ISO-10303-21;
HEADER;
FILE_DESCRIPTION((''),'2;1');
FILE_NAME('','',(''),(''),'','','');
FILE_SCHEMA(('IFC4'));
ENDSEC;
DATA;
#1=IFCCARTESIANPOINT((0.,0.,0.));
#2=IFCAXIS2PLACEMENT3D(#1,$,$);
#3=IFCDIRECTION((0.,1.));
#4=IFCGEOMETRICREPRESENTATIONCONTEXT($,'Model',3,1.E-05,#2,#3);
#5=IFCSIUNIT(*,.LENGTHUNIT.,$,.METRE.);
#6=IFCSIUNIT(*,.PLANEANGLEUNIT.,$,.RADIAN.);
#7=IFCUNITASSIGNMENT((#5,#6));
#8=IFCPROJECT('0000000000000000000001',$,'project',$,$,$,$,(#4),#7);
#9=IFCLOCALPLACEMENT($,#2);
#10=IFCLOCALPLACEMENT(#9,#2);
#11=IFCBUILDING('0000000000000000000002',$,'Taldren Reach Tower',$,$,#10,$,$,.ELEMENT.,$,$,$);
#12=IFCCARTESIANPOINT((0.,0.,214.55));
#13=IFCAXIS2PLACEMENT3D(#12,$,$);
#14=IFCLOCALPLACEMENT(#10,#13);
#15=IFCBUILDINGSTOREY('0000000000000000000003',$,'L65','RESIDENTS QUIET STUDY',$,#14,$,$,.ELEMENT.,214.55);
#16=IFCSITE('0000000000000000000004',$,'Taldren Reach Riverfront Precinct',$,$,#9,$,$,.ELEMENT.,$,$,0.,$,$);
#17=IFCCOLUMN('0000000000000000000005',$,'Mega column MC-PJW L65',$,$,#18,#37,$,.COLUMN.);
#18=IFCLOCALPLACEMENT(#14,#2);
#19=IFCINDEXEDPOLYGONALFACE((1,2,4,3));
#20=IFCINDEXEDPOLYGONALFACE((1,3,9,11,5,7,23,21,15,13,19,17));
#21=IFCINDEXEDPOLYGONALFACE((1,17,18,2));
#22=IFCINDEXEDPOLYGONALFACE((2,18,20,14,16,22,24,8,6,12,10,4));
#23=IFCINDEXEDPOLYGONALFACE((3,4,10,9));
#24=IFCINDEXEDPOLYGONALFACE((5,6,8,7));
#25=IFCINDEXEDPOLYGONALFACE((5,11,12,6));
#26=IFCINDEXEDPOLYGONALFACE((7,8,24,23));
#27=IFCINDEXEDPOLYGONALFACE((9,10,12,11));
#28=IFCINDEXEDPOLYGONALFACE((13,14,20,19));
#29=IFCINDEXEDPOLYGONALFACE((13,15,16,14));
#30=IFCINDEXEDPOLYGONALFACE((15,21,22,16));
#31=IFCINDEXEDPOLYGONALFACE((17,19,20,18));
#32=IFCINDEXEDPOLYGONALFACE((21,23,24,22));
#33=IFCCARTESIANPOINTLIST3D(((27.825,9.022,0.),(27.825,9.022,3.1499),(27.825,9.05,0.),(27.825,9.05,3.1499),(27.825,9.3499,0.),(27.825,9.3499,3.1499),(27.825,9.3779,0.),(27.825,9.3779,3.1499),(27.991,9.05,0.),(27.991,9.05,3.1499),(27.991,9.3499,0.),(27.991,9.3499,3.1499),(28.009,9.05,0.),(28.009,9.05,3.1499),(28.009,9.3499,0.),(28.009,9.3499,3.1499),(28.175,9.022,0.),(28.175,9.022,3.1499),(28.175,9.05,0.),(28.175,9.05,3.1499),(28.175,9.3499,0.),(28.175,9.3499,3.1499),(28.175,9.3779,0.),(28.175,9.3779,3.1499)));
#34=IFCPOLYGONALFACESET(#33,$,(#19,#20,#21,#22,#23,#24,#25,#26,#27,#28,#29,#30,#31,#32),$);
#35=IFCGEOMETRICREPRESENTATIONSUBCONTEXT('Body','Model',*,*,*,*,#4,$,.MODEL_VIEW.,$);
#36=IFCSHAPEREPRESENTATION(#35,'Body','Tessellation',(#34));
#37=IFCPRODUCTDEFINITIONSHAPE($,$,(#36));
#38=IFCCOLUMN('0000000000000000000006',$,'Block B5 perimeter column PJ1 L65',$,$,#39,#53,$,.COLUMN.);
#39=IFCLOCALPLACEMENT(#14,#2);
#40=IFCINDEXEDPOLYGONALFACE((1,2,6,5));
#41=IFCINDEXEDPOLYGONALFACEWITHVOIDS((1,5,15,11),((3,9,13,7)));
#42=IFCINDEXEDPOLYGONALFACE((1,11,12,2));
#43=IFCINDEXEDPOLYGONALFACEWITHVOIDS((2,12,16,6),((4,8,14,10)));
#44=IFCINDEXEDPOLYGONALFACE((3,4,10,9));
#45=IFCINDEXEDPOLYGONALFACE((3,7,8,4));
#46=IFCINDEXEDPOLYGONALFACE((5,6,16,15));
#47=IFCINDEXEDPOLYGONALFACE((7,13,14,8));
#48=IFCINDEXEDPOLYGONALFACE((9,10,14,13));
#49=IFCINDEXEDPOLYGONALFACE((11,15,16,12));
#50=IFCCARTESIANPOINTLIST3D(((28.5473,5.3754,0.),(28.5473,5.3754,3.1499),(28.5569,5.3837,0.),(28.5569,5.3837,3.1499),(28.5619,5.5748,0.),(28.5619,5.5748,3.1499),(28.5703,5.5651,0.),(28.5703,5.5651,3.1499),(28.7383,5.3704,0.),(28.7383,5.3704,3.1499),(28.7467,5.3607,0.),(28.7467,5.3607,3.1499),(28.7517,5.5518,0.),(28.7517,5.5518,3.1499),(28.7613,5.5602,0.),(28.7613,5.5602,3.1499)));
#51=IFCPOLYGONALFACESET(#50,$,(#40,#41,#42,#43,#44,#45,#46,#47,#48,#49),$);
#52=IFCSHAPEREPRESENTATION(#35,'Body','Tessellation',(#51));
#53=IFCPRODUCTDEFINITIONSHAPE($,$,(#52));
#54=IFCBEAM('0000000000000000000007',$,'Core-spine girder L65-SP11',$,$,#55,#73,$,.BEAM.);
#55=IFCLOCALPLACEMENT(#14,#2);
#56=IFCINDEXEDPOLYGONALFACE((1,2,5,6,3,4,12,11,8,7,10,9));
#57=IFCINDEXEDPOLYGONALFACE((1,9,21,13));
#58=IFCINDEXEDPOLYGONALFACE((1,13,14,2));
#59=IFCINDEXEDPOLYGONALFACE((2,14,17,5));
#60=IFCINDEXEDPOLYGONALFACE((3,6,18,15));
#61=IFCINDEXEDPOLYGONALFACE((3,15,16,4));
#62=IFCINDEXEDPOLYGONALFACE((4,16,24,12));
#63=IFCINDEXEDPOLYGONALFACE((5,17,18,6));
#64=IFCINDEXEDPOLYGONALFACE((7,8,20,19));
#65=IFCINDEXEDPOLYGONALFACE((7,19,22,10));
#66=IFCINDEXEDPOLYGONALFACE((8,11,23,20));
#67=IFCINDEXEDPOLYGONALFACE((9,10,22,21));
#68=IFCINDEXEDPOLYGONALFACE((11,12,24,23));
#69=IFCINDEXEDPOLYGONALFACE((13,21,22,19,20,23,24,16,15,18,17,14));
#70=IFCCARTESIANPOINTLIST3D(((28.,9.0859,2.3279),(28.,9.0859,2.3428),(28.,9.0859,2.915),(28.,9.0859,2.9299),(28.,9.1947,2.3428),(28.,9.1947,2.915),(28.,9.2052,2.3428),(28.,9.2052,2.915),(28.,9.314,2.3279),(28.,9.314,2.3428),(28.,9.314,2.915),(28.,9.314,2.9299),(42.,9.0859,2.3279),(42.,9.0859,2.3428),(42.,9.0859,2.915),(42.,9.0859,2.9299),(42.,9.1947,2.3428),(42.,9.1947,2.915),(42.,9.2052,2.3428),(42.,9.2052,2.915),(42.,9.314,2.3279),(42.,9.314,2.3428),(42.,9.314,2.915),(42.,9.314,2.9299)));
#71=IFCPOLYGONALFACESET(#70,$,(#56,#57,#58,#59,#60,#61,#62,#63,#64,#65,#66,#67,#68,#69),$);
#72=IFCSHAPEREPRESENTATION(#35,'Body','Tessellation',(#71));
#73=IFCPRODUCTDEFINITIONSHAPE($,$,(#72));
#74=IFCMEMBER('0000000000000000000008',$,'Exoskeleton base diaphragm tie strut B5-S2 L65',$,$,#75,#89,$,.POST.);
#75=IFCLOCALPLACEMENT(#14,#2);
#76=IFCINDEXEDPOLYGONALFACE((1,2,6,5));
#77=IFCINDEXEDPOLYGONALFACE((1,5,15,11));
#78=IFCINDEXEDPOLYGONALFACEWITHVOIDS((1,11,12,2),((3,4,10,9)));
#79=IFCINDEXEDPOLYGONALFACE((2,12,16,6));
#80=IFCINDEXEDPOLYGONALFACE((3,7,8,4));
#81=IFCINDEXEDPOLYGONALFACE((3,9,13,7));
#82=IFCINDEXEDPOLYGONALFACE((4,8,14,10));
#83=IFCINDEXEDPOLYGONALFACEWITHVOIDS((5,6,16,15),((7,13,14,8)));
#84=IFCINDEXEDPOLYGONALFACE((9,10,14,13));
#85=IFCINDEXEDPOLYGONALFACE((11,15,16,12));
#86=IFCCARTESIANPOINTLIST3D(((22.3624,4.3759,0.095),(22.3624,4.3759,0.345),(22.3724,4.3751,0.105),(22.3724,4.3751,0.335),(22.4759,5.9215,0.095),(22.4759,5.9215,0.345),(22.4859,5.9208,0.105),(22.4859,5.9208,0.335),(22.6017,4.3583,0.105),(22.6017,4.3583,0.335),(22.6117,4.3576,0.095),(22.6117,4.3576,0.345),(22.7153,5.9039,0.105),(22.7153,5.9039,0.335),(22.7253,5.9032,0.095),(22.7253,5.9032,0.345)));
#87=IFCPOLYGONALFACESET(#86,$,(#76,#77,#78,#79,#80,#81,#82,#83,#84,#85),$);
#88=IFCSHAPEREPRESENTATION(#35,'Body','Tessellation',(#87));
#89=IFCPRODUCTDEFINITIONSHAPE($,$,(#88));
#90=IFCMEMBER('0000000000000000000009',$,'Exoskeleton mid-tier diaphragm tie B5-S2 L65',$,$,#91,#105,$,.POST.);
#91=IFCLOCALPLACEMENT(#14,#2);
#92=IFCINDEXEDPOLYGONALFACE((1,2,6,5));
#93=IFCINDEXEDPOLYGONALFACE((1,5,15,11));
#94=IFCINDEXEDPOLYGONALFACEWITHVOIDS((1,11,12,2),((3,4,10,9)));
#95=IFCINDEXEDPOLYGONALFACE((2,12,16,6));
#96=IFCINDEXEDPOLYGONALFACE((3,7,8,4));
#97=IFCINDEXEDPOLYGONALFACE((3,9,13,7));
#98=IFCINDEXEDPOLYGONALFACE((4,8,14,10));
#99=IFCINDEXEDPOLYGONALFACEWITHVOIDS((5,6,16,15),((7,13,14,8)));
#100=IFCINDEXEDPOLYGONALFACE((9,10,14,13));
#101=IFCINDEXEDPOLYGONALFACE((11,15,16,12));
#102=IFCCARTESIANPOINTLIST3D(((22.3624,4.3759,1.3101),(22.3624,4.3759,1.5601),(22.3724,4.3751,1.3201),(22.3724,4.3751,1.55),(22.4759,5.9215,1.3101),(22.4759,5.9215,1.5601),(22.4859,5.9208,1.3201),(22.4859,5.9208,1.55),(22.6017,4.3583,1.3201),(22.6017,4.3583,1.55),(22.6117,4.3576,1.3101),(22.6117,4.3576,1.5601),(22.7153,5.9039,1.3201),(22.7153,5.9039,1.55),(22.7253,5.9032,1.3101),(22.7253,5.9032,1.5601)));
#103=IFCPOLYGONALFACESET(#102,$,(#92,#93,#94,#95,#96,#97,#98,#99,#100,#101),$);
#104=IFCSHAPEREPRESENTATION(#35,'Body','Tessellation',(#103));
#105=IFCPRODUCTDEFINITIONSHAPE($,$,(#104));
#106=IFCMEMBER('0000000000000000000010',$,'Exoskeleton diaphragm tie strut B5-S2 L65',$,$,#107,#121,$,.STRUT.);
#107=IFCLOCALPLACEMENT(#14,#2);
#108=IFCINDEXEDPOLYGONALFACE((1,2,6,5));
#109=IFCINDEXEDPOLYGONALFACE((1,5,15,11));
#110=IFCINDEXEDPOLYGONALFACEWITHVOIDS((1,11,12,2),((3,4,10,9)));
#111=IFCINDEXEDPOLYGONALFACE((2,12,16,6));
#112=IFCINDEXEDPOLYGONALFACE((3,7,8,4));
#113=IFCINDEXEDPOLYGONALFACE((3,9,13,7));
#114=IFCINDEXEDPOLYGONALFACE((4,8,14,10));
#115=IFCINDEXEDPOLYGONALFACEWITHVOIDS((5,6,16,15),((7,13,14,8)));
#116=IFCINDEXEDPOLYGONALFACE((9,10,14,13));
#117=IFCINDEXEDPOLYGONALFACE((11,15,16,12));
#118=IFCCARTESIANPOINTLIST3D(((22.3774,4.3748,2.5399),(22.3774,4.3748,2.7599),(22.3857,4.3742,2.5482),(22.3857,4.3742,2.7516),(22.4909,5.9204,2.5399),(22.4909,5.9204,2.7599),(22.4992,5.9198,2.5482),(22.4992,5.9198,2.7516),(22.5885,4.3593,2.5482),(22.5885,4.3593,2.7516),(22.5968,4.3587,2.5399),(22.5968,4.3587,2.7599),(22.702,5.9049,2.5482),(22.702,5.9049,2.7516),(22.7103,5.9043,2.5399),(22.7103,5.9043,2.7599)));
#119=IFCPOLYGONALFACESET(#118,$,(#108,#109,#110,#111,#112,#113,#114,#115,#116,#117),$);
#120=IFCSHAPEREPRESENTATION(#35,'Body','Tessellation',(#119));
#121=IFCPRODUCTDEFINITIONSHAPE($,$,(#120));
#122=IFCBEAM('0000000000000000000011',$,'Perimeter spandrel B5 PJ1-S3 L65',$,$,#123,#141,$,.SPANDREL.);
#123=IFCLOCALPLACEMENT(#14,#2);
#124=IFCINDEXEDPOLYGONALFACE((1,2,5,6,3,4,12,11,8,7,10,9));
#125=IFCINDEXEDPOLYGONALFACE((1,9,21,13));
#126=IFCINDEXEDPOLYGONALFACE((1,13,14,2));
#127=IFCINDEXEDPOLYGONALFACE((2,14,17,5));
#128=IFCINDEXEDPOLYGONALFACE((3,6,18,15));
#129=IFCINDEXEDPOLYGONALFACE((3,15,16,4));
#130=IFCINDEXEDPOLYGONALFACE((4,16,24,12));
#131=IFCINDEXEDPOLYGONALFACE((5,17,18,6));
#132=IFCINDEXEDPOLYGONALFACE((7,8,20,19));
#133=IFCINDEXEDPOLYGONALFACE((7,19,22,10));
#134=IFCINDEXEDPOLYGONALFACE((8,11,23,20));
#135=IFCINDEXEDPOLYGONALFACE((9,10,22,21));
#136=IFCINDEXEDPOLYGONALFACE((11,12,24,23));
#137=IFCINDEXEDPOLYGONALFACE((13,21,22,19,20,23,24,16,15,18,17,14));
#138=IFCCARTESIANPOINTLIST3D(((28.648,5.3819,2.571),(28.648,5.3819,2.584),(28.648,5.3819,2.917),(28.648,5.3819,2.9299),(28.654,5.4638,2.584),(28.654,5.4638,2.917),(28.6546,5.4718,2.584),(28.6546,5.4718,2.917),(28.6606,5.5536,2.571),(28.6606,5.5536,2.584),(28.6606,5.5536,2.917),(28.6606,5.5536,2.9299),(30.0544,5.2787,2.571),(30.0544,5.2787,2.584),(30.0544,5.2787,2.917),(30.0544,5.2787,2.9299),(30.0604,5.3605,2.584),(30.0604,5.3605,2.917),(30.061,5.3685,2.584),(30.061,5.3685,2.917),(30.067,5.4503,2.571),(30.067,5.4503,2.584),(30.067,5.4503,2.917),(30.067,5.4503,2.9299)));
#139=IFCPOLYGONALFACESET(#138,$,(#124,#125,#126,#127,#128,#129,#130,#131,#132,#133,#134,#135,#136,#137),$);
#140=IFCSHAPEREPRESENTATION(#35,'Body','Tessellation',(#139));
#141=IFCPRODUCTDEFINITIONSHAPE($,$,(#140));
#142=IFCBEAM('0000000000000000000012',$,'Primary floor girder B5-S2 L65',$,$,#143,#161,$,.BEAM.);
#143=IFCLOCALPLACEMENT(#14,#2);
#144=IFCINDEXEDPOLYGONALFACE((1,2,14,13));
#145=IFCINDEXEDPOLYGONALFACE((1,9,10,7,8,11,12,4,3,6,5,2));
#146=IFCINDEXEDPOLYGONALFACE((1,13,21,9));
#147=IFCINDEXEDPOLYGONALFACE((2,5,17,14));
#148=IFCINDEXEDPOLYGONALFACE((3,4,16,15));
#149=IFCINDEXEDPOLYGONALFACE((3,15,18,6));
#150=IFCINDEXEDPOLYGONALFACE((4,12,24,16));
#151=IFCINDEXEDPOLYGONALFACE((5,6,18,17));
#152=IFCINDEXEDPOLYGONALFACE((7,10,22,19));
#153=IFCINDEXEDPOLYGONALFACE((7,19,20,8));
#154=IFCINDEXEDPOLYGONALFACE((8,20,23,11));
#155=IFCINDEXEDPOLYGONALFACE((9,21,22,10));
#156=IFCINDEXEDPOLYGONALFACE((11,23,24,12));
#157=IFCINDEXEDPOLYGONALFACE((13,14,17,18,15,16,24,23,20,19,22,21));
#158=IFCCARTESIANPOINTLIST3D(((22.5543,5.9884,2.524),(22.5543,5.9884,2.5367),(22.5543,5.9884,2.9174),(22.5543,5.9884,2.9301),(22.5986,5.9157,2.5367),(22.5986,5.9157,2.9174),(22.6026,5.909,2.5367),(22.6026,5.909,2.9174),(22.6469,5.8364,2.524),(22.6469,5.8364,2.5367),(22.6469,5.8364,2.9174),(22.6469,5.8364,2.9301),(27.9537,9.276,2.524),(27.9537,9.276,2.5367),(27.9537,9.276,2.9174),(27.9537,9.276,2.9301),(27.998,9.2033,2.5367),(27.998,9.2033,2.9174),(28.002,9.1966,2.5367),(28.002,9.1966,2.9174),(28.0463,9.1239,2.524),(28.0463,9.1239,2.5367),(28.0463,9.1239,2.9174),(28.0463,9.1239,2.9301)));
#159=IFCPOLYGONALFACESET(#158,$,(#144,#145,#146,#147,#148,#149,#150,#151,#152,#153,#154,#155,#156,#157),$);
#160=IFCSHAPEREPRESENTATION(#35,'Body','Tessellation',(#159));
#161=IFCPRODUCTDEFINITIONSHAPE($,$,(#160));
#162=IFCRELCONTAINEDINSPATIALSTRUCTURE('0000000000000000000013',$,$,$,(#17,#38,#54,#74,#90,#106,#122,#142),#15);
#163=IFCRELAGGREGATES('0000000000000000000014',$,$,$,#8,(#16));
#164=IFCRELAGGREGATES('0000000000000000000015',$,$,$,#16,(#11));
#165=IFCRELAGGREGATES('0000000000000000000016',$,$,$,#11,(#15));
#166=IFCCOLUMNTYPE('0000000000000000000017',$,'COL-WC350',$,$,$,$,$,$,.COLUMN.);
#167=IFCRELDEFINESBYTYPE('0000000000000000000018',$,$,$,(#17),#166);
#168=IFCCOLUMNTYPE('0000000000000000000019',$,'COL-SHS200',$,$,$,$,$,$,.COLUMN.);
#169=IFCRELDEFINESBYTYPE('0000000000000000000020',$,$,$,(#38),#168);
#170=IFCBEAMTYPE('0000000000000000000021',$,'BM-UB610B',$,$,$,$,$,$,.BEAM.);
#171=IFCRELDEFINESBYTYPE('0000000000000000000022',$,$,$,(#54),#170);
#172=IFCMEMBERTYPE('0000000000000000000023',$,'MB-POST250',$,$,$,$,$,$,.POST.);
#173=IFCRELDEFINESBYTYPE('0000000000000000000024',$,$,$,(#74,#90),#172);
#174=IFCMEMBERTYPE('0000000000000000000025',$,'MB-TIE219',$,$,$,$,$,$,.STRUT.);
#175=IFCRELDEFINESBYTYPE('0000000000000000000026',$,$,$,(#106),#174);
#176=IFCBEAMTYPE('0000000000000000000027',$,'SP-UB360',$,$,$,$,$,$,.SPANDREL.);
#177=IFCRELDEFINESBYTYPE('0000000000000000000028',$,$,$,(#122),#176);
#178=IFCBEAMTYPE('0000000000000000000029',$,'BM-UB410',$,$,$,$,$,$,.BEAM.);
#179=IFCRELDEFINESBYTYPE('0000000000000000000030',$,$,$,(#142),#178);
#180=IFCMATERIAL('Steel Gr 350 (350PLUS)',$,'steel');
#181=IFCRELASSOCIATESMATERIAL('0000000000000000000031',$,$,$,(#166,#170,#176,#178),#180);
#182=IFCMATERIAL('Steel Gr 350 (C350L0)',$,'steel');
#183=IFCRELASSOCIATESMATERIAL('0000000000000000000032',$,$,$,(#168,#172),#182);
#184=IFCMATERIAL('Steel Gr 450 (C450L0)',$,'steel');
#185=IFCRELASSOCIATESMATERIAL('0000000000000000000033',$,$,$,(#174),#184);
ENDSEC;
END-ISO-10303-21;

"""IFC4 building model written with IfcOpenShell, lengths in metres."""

from ifc_helpers import new_model, si_unit, direction, frame, origin, origin_2d, place, context, subcontext, project, spatial, hollow_rectangle, i_section, extrude, source, transform, mapped, material, material_profile, profile_set, type_object, element, save


model = new_model("IFC4")

# Units and contexts
model_context = context("Model", 3, precision=1e-05, world=origin(), true_north=direction((0.0, 1.0)))
body_context = subcontext(model_context, "Body", "Model", "MODEL_VIEW")
ifc_project = project(units=[si_unit("LENGTHUNIT", "METRE"), si_unit("PLANEANGLEUNIT", "RADIAN")], contexts=[model_context])

# Site, building, storey
site_placement = place(None, origin())
site = spatial("IfcSite", under=ifc_project, at=site_placement, Name="Taldren Reach Riverfront Precinct", CompositionType="ELEMENT", RefElevation=0.0)
building_placement = place(site_placement, origin())
building = spatial("IfcBuilding", under=site, at=building_placement, Name="Taldren Reach Tower", CompositionType="ELEMENT")
storey_placement = place(building_placement, frame((0.0, 0.0, 214.55)))
storey = spatial("IfcBuildingStorey", under=building, at=storey_placement, Name="L65", Description="RESIDENTS QUIET STUDY", CompositionType="ELEMENT", Elevation=214.55)

# Columns
ifc_material_1 = material(Name="Steel Gr 350 (350PLUS)", Category="steel")
ifc_material_profile_1 = material_profile(ifc_material_1, i_section(OverallWidth=0.3501, OverallDepth=0.356, WebThickness=0.0181, FlangeThickness=0.0281, at=origin_2d()), Name="350WC197")
ifc_profile_set_1 = profile_set([ifc_material_profile_1], Name="Steel Gr 350 (350PLUS)")
column_type_1 = type_object("IfcColumnType", Name="COL-WC350", PredefinedType="COLUMN", material=ifc_profile_set_1)
shared_shape_1 = source(origin(), body_context, "Body", "SweptSolid", [
    extrude(i_section(OverallWidth=0.3501, OverallDepth=0.356, WebThickness=0.0181, FlangeThickness=0.0281, at=origin_2d()), origin(), (0.0, 0.0, 1.0), 3.1499),
])
column_1_placement = place(storey_placement, frame((28.0, 9.2, 0.0), z_axis=(0.0, 0.0, 1.0), x_axis=(1.0, 0.0, 0.0)))
element("IfcColumn", 1, at=column_1_placement, inside=storey, type_object=column_type_1, Name="Mega column MC-PJW L65", PredefinedType="COLUMN", context=body_context, shape_type="MappedRepresentation", body=[
    mapped(shared_shape_1, transform((0.0, 0.0, 0.0), scale=1.0)),
])
ifc_material_2 = material(Name="Steel Gr 350 (C350L0)", Category="steel")
ifc_material_profile_2 = material_profile(ifc_material_2, hollow_rectangle(XDim=0.2, YDim=0.2, WallThickness=0.009, at=origin_2d()), Name="200x200x9.0SHS")
ifc_profile_set_2 = profile_set([ifc_material_profile_2], Name="Steel Gr 350 (C350L0)")
column_type_2 = type_object("IfcColumnType", Name="COL-SHS200", PredefinedType="COLUMN", material=ifc_profile_set_2)
shared_shape_2 = source(origin(), body_context, "Body", "SweptSolid", [
    extrude(hollow_rectangle(XDim=0.2, YDim=0.2, WallThickness=0.009, at=origin_2d()), origin(), (0.0, 0.0, 1.0), 3.1499),
])
column_2_placement = place(storey_placement, frame((28.6543, 5.4678, 0.0), z_axis=(0.0, 0.0, 1.0), x_axis=(0.997314, -0.073238, 0.0)))
element("IfcColumn", 2, at=column_2_placement, inside=storey, type_object=column_type_2, Name="Block B5 perimeter column PJ1 L65", PredefinedType="COLUMN", context=body_context, shape_type="MappedRepresentation", body=[
    mapped(shared_shape_2, transform((0.0, 0.0, 0.0), scale=1.0)),
])

# Beam
ifc_material_profile_3 = material_profile(ifc_material_1, i_section(OverallWidth=0.228, OverallDepth=0.6021, WebThickness=0.0105, FlangeThickness=0.0149, at=origin_2d()), Name="610UB101")
ifc_profile_set_3 = profile_set([ifc_material_profile_3], Name="Steel Gr 350 (350PLUS)")
beam_type_1 = type_object("IfcBeamType", Name="BM-UB610B", PredefinedType="BEAM", material=ifc_profile_set_3)
shared_shape_3 = source(origin(), body_context, "Body", "SweptSolid", [
    extrude(i_section(OverallWidth=0.228, OverallDepth=0.6021, WebThickness=0.0105, FlangeThickness=0.0149, at=origin_2d()), origin(), (0.0, 0.0, 1.0), 14.0),
])
beam_1_placement = place(storey_placement, frame((28.0, 9.2, 2.6289), z_axis=(1.0, 0.0, 0.0), x_axis=(0.0, 1.0, 0.0)))
element("IfcBeam", 3, at=beam_1_placement, inside=storey, type_object=beam_type_1, Name="Core-spine girder L65-SP11", PredefinedType="BEAM", context=body_context, shape_type="MappedRepresentation", body=[
    mapped(shared_shape_3, transform((0.0, 0.0, 0.0), scale=1.0)),
])

# Members
ifc_material_profile_4 = material_profile(ifc_material_2, hollow_rectangle(XDim=0.25, YDim=0.25, WallThickness=0.01, at=origin_2d()), Name="250x250x10.0SHS")
ifc_profile_set_4 = profile_set([ifc_material_profile_4], Name="Steel Gr 350 (C350L0)")
member_type_1 = type_object("IfcMemberType", Name="MB-POST250", PredefinedType="POST", material=ifc_profile_set_4)
shared_shape_4 = source(origin(), body_context, "Body", "SweptSolid", [
    extrude(hollow_rectangle(XDim=0.25, YDim=0.25, WallThickness=0.01, at=origin_2d()), origin(), (0.0, 0.0, 1.0), 1.5498),
])
for number, where, z_axis, x_axis, name in (
    (4, (22.6006, 5.9124, 0.22), (-0.073251, -0.997314, 0.0), (0.997314, -0.073251, 0.0), "Exoskeleton base diaphragm tie strut B5-S2 L65"),
    (5, (22.6006, 5.9124, 1.4351), (-0.073251, -0.997314, 0.0), (0.997314, -0.073251, 0.0), "Exoskeleton mid-tier diaphragm tie B5-S2 L65"),
):
    element("IfcMember", number, at=place(storey_placement, frame(where, z_axis=z_axis, x_axis=x_axis)), inside=storey, type_object=member_type_1, Name=name, PredefinedType="POST", context=body_context, shape_type="MappedRepresentation", body=[
        mapped(shared_shape_4, transform((0.0, 0.0, 0.0), scale=1.0)),
    ])
ifc_material_3 = material(Name="Steel Gr 450 (C450L0)", Category="steel")
ifc_material_profile_5 = material_profile(ifc_material_3, hollow_rectangle(XDim=0.22, YDim=0.22, WallThickness=0.0083, at=origin_2d()), Name="220x220x8.2SHS")
ifc_profile_set_5 = profile_set([ifc_material_profile_5], Name="Steel Gr 450 (C450L0)")
member_type_2 = type_object("IfcMemberType", Name="MB-TIE219", PredefinedType="STRUT", material=ifc_profile_set_5)
shared_shape_5 = source(origin(), body_context, "Body", "SweptSolid", [
    extrude(hollow_rectangle(XDim=0.22, YDim=0.22, WallThickness=0.0083, at=origin_2d()), origin(), (0.0, 0.0, 1.0), 1.5498),
])
member_placement = place(storey_placement, frame((22.6006, 5.9124, 2.6499), z_axis=(-0.073251, -0.997314, 0.0), x_axis=(0.997314, -0.073251, 0.0)))
element("IfcMember", 6, at=member_placement, inside=storey, type_object=member_type_2, Name="Exoskeleton diaphragm tie strut B5-S2 L65", PredefinedType="STRUT", context=body_context, shape_type="MappedRepresentation", body=[
    mapped(shared_shape_5, transform((0.0, 0.0, 0.0), scale=1.0)),
])

# Beams
ifc_material_profile_6 = material_profile(ifc_material_1, i_section(OverallWidth=0.1721, OverallDepth=0.3589, WebThickness=0.0081, FlangeThickness=0.0129, at=origin_2d()), Name="360UB56.7")
ifc_profile_set_6 = profile_set([ifc_material_profile_6], Name="Steel Gr 350 (350PLUS)")
beam_type_2 = type_object("IfcBeamType", Name="SP-UB360", PredefinedType="SPANDREL", material=ifc_profile_set_6)
shared_shape_6 = source(origin(), body_context, "Body", "SweptSolid", [
    extrude(i_section(OverallWidth=0.1721, OverallDepth=0.3589, WebThickness=0.0081, FlangeThickness=0.0129, at=origin_2d()), origin(), (0.0, 0.0, 1.0), 1.4102),
])
beam_2_placement = place(storey_placement, frame((28.6543, 5.4678, 2.7505), z_axis=(0.997314, -0.07324, 0.0), x_axis=(0.07324, 0.997314, 0.0)))
element("IfcBeam", 7, at=beam_2_placement, inside=storey, type_object=beam_type_2, Name="Perimeter spandrel B5 PJ1-S3 L65", PredefinedType="SPANDREL", context=body_context, shape_type="MappedRepresentation", body=[
    mapped(shared_shape_6, transform((0.0, 0.0, 0.0), scale=1.0)),
])
ifc_material_profile_7 = material_profile(ifc_material_1, i_section(OverallWidth=0.178, OverallDepth=0.406, WebThickness=0.0078, FlangeThickness=0.0127, at=origin_2d()), Name="410UB59.7")
ifc_profile_set_7 = profile_set([ifc_material_profile_7], Name="Steel Gr 350 (350PLUS)")
beam_type_3 = type_object("IfcBeamType", Name="BM-UB410", PredefinedType="BEAM", material=ifc_profile_set_7)
shared_shape_7 = source(origin(), body_context, "Body", "SweptSolid", [
    extrude(i_section(OverallWidth=0.178, OverallDepth=0.406, WebThickness=0.0078, FlangeThickness=0.0127, at=origin_2d()), origin(), (0.0, 0.0, 1.0), 6.3215),
])
beam_3_placement = place(storey_placement, frame((28.0, 9.2, 2.7271), z_axis=(-0.854128, -0.520062, 0.0), x_axis=(0.520062, -0.854128, 0.0)))
element("IfcBeam", 8, at=beam_3_placement, inside=storey, type_object=beam_type_3, Name="Primary floor girder B5-S2 L65", PredefinedType="BEAM", context=body_context, shape_type="MappedRepresentation", body=[
    mapped(shared_shape_7, transform((0.0, 0.0, 0.0), scale=1.0)),
])

save(model, "model.ifc")
